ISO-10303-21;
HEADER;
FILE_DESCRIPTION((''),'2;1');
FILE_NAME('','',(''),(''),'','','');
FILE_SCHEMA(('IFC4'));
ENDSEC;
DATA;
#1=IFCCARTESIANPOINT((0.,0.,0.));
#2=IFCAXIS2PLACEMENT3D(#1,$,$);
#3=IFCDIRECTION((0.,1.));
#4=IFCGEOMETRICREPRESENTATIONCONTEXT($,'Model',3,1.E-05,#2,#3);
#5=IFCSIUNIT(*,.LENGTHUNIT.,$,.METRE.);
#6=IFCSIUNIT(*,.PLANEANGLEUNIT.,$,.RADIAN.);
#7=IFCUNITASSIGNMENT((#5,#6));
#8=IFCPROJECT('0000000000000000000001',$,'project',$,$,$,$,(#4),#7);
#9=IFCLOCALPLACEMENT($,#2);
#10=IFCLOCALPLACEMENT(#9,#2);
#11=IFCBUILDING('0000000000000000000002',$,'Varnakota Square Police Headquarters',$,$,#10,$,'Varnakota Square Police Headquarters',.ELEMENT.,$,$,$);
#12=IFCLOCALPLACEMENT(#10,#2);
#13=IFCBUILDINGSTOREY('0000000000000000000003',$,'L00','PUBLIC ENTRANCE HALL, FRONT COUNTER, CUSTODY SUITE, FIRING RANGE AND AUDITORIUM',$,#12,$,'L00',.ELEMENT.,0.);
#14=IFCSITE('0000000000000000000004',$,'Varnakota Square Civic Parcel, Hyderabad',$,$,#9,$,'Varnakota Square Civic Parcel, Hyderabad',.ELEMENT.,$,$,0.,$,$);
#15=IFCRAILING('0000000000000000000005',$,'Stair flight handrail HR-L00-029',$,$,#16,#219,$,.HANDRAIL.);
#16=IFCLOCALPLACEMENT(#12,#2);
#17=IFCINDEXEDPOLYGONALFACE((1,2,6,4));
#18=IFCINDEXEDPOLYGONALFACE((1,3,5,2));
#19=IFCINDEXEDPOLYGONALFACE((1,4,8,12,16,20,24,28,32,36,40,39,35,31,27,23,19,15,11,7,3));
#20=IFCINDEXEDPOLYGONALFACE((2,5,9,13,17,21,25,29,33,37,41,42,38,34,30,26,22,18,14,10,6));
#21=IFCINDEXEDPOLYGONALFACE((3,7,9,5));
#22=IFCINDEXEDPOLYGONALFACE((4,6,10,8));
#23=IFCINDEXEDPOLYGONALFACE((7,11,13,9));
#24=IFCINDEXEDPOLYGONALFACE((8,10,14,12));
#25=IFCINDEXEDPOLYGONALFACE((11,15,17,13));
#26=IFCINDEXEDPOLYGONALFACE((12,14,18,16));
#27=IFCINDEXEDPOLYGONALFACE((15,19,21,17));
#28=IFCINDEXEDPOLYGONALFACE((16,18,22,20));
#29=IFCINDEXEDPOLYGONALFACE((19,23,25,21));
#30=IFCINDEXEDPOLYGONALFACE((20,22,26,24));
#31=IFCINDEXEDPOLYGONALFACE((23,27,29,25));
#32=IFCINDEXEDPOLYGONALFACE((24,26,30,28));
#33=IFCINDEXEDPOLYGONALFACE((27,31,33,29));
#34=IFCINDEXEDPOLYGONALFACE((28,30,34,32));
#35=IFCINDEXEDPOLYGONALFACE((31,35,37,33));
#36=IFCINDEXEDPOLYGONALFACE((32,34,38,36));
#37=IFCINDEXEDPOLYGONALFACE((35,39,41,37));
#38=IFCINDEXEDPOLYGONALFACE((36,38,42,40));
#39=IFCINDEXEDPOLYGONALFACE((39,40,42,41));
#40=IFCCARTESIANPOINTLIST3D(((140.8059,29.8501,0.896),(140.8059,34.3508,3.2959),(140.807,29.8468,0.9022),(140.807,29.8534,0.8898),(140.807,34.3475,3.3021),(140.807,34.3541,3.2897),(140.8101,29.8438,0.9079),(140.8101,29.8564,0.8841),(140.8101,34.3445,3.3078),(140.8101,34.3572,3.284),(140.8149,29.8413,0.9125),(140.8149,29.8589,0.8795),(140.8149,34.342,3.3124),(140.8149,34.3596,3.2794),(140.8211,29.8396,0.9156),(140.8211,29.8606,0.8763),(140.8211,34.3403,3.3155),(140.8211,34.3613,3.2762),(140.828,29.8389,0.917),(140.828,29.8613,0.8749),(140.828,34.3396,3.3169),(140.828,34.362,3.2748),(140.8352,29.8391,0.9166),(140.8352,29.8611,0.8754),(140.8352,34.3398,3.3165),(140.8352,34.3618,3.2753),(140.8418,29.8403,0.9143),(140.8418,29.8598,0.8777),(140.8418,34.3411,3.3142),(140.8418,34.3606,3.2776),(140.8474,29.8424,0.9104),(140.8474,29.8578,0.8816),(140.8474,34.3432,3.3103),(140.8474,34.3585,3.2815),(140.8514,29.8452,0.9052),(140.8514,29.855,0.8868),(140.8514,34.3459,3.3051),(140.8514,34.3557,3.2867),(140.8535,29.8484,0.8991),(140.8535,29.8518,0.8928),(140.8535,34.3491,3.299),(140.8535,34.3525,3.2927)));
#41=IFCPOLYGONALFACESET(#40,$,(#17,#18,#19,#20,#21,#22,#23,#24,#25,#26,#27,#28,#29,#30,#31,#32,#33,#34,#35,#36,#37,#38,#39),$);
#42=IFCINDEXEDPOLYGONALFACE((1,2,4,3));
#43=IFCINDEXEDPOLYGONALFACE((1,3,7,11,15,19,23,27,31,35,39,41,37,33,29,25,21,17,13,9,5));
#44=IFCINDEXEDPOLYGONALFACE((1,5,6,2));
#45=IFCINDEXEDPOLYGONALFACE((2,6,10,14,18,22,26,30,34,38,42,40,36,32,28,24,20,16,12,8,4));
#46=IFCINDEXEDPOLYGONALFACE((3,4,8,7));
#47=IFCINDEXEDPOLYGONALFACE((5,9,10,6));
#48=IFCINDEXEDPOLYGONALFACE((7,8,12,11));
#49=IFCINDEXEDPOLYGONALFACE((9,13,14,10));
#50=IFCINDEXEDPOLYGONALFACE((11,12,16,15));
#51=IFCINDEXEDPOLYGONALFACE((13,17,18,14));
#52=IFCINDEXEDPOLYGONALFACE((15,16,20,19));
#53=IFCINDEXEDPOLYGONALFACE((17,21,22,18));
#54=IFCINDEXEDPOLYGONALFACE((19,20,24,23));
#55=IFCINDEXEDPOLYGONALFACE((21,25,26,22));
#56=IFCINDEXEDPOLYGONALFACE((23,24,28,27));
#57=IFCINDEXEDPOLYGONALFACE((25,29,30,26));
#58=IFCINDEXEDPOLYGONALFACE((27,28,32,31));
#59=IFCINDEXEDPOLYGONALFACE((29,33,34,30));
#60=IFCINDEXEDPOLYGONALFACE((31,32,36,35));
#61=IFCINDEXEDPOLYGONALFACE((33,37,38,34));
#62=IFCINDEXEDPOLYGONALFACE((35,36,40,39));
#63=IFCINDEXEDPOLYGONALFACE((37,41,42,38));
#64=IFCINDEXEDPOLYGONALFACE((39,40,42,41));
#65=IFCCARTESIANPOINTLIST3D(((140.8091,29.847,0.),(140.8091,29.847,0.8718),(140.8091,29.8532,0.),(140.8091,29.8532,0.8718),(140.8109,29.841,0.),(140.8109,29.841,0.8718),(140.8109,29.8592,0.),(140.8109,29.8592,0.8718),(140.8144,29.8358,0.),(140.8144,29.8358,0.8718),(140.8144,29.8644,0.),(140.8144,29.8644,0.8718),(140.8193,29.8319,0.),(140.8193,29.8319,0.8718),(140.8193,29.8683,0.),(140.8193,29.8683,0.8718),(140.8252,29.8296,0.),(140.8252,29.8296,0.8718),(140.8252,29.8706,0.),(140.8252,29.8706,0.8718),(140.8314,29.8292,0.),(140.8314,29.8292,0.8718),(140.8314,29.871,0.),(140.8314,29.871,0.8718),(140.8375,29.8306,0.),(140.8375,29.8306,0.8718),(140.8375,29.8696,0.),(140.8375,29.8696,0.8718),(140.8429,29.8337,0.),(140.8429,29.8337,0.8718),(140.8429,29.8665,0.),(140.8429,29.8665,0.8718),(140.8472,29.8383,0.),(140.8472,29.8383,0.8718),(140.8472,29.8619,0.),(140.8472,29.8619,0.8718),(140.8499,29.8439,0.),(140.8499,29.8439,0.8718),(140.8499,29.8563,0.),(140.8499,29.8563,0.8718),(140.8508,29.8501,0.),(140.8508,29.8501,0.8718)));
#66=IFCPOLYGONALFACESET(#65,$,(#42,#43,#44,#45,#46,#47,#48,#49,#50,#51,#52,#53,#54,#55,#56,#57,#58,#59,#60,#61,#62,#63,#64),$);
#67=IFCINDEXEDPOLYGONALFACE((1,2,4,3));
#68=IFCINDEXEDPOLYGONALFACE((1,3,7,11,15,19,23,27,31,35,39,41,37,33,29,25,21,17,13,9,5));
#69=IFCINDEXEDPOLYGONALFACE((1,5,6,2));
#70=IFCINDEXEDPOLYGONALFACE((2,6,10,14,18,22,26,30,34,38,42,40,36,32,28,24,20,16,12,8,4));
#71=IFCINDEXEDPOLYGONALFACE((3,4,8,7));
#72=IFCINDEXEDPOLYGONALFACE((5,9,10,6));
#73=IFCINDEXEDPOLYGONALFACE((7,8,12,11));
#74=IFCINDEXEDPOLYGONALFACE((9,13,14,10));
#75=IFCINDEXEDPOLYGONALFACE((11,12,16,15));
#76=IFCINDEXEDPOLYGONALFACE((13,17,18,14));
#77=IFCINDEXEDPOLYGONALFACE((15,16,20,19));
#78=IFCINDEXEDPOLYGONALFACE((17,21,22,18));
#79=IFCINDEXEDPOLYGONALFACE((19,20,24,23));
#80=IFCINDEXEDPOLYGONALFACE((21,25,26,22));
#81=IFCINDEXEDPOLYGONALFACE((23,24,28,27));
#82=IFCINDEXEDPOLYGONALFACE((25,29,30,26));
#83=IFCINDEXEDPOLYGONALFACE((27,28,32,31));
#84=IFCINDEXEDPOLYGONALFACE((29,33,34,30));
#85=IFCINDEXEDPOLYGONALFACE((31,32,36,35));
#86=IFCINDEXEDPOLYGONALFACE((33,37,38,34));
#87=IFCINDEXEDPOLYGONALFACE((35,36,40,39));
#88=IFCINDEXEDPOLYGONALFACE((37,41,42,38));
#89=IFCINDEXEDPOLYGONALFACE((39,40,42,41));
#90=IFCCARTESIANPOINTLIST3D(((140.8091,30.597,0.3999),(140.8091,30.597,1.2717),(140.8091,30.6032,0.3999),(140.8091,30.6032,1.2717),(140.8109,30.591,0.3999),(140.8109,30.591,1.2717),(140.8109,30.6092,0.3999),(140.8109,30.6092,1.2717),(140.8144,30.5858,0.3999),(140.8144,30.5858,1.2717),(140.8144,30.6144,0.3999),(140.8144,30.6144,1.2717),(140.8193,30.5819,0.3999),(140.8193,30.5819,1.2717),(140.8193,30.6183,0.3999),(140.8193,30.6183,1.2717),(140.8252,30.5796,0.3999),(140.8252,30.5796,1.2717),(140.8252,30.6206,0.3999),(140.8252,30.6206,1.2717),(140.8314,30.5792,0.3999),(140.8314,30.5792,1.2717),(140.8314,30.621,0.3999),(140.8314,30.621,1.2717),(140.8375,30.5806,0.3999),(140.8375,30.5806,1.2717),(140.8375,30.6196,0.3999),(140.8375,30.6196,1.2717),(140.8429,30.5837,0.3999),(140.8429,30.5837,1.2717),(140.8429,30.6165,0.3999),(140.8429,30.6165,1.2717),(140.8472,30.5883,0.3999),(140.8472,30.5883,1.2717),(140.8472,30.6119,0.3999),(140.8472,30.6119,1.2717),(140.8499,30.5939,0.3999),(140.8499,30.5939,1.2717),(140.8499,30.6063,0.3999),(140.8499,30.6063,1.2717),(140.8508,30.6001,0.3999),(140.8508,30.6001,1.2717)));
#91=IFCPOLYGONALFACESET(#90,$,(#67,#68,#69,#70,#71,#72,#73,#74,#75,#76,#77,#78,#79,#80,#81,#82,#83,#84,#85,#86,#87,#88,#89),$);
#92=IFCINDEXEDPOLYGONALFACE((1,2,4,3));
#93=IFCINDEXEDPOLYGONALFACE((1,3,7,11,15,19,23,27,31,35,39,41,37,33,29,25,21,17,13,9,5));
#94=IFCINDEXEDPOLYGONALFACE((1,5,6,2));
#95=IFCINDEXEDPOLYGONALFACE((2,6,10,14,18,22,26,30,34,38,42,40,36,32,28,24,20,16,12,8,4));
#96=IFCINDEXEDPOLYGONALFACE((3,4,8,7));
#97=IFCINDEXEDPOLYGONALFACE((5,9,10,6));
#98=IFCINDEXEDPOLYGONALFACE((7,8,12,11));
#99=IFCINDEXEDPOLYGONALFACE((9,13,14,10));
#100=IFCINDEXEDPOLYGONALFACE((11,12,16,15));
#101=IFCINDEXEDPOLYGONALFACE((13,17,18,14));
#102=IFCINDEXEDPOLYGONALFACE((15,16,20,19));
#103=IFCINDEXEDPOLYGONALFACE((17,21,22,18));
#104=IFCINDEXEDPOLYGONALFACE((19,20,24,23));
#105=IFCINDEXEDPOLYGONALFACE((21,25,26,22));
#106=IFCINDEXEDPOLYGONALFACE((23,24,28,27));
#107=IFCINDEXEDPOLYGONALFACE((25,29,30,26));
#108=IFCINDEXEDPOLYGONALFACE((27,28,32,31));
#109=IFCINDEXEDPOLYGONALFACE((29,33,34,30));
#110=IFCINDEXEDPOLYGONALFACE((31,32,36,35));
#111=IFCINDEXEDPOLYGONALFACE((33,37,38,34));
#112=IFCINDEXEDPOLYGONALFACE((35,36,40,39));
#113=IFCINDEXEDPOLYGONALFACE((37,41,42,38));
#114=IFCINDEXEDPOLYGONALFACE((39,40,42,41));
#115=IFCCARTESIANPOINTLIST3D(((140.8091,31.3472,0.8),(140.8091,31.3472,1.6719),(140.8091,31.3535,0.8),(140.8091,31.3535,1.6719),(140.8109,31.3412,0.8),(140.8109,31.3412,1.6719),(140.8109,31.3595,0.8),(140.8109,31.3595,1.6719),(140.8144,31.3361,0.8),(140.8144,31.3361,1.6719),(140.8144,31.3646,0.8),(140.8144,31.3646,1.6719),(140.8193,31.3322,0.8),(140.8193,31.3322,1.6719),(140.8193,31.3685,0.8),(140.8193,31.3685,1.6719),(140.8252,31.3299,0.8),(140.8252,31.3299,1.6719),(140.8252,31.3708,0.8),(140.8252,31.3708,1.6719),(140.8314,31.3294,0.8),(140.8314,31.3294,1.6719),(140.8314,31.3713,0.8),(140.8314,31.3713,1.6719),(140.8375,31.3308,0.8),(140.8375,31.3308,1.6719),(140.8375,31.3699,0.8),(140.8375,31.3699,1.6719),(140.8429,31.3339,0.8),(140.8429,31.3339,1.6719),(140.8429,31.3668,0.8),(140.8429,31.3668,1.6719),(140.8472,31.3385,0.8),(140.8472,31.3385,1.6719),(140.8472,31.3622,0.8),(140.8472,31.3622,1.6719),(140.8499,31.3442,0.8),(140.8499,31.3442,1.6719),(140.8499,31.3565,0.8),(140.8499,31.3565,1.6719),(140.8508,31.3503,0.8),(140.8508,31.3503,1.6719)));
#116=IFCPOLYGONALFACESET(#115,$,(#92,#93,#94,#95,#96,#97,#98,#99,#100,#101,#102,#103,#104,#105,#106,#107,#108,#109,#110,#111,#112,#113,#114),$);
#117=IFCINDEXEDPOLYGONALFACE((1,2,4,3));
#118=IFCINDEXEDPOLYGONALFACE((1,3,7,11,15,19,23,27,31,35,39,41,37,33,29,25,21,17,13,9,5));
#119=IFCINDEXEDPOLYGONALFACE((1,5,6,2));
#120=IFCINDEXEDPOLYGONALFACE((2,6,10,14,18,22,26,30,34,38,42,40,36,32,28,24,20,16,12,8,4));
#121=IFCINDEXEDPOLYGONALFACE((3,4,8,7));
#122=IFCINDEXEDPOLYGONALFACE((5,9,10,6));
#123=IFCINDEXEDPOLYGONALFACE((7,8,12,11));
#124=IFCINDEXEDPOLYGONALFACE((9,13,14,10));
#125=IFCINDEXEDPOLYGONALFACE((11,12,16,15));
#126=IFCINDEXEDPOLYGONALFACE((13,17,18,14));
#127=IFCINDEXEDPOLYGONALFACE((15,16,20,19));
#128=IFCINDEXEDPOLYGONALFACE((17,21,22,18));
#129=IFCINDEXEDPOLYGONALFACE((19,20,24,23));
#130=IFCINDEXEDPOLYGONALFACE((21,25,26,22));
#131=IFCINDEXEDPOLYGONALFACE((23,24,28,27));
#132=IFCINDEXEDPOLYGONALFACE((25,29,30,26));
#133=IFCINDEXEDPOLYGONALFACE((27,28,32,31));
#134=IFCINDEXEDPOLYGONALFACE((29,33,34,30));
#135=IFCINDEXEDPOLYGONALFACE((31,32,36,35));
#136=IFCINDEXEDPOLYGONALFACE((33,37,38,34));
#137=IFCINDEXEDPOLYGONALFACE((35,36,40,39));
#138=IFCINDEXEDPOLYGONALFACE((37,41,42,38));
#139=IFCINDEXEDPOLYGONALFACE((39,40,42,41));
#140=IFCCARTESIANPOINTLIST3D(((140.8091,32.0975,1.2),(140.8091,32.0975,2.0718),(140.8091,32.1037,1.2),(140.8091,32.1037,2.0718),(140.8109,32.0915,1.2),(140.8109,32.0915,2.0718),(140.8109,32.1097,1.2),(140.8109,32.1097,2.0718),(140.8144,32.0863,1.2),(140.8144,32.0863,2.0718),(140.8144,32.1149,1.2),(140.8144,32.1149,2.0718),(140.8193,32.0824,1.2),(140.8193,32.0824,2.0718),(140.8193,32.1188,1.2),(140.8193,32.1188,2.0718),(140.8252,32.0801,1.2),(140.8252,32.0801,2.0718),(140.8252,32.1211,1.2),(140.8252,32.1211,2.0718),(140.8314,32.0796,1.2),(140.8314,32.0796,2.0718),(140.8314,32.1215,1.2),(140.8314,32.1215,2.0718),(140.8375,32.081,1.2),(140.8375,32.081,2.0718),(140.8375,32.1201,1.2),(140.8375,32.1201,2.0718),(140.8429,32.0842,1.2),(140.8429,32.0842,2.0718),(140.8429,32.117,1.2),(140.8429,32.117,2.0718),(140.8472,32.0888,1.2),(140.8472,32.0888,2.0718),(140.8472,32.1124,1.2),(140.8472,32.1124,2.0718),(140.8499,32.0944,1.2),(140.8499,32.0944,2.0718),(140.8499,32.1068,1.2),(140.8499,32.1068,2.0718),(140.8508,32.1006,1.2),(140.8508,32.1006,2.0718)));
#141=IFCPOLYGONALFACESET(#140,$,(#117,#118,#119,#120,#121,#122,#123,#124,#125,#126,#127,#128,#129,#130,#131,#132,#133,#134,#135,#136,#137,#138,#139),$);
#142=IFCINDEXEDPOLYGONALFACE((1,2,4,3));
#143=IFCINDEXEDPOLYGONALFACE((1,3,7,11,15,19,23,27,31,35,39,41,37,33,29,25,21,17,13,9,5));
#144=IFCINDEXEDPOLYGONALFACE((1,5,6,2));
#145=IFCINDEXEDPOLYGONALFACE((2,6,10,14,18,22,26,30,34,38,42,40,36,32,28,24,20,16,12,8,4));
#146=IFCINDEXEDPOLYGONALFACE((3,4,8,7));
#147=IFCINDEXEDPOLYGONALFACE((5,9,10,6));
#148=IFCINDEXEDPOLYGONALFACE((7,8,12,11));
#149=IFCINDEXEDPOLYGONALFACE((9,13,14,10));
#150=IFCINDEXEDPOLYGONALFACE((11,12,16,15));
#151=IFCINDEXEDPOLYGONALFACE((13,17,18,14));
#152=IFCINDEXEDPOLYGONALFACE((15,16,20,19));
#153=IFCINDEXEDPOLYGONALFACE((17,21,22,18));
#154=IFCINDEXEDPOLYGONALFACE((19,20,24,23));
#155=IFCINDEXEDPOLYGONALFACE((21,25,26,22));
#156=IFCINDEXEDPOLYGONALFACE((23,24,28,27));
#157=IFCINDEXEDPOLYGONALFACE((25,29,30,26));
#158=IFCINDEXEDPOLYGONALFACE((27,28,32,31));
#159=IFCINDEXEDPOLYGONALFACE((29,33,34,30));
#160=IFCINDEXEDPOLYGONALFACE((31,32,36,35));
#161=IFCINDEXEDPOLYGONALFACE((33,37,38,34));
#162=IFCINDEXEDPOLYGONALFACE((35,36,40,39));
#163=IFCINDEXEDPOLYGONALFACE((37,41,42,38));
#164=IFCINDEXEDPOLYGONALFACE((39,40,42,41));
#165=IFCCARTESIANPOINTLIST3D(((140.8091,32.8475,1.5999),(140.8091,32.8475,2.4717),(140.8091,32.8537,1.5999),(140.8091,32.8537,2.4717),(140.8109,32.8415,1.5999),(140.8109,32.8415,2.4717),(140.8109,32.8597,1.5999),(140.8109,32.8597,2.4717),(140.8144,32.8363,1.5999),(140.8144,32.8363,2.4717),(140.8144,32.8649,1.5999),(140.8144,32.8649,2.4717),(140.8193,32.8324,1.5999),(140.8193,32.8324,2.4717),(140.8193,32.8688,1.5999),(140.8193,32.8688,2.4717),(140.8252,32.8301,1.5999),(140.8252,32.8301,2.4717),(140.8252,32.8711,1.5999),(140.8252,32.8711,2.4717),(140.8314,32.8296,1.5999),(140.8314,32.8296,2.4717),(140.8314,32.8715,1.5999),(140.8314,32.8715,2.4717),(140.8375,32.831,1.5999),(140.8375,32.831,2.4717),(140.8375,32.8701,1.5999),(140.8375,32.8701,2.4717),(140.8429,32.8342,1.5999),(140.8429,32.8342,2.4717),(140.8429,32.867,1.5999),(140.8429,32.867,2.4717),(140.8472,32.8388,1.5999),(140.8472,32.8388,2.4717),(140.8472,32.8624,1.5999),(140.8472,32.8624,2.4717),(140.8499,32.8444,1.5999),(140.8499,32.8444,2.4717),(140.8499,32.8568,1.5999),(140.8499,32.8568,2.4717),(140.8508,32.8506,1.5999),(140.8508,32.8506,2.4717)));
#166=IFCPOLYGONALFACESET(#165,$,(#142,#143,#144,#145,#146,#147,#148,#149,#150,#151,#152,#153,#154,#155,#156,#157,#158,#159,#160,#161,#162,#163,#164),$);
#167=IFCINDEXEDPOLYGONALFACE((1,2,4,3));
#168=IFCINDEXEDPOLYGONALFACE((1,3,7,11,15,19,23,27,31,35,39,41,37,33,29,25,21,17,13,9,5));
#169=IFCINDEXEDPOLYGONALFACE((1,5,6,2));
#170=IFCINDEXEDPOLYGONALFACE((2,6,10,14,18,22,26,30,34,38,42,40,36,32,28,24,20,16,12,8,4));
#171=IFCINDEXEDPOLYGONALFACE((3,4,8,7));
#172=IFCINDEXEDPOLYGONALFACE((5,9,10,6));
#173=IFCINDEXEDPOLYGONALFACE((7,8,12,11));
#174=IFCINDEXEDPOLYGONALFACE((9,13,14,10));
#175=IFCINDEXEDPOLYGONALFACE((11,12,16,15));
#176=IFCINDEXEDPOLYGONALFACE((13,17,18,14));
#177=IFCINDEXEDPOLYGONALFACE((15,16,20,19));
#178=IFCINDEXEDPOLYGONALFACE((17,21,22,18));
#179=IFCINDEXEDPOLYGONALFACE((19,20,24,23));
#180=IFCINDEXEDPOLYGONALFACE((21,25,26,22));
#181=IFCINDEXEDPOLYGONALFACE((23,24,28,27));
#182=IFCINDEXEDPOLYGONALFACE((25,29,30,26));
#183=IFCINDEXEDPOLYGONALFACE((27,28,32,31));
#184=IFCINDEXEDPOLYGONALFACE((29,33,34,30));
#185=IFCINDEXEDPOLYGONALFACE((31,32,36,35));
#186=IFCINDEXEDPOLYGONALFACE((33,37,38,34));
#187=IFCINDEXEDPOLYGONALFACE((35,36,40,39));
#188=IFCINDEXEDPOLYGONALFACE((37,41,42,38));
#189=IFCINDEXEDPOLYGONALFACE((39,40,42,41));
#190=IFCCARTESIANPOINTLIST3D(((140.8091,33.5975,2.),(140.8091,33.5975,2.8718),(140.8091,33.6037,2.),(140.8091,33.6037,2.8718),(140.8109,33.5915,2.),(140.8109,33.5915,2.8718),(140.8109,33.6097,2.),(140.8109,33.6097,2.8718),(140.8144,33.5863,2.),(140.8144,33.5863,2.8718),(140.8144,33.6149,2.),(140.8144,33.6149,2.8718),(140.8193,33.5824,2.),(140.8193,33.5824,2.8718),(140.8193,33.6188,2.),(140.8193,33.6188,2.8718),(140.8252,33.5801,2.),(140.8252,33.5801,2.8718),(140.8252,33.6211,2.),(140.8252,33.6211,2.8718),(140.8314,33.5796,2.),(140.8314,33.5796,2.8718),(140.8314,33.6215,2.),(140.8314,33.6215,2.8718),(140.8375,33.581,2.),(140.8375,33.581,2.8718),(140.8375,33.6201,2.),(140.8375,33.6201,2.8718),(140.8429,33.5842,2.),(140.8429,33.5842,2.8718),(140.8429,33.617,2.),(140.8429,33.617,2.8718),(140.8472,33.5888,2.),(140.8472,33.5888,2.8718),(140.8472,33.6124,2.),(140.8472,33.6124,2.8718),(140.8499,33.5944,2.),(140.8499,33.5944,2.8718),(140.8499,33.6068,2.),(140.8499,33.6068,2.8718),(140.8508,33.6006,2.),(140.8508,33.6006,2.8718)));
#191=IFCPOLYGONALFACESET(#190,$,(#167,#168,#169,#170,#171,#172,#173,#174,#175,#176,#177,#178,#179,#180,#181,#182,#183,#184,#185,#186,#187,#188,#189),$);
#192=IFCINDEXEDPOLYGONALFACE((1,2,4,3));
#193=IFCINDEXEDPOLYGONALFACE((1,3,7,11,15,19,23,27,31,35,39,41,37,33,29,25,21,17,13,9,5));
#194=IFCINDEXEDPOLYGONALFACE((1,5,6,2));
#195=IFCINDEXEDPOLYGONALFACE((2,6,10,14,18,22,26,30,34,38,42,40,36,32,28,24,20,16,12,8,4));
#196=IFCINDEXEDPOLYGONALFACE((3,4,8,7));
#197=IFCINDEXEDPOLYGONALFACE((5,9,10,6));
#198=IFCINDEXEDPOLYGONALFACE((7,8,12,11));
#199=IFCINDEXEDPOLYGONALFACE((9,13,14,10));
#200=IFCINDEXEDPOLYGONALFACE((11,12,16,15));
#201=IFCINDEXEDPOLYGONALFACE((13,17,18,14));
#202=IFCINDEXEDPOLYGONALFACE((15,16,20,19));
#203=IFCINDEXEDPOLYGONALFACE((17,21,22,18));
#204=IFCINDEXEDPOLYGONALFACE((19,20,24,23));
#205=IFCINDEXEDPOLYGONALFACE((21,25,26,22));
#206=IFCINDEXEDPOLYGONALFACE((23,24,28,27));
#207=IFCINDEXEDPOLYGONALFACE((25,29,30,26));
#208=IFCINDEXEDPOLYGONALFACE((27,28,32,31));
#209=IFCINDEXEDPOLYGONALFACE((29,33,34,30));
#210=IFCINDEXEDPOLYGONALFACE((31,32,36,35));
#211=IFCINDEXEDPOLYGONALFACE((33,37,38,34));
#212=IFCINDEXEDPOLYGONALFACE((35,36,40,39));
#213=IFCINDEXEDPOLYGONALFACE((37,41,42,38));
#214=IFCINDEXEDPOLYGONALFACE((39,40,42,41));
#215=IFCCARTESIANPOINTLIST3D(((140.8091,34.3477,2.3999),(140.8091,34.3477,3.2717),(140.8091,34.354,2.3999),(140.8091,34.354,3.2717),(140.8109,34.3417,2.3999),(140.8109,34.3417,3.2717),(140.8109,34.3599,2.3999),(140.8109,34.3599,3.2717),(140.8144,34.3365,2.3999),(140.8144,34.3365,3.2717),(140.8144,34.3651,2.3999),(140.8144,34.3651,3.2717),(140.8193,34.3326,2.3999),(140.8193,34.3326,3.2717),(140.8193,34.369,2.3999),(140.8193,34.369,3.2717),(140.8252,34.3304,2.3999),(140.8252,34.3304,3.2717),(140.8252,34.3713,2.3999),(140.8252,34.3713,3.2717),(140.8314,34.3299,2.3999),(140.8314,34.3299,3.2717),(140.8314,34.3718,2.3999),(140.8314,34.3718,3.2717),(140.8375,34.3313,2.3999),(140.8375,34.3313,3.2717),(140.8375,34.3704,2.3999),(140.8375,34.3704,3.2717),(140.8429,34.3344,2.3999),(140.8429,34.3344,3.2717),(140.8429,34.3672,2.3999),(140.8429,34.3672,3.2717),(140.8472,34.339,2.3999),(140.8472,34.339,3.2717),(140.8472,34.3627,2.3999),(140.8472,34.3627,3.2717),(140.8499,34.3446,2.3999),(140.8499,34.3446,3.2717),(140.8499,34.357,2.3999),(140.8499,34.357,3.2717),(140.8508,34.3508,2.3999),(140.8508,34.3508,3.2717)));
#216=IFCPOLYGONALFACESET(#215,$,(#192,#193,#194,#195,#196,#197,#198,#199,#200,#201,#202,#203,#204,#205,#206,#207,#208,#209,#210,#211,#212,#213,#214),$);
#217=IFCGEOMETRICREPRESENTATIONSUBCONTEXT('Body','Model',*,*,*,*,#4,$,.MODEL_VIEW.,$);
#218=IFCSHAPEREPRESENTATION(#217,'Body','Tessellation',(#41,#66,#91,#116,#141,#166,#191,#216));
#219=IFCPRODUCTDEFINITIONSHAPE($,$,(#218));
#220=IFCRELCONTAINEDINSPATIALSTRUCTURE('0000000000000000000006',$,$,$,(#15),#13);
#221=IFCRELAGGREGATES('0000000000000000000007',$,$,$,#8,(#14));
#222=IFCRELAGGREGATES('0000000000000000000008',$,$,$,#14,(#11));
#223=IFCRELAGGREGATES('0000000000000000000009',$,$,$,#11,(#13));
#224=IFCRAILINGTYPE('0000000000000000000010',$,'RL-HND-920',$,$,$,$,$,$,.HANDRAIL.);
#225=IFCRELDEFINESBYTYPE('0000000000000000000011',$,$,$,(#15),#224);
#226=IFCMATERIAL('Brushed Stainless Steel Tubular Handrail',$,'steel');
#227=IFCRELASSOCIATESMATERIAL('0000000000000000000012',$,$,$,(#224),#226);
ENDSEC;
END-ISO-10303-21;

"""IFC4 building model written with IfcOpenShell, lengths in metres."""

from ifc_helpers import new_model, si_unit, direction, frame, origin, origin_2d, place, context, subcontext, project, spatial, circle, extrude, material, type_object, element, save


model = new_model("IFC4")

# Units and contexts
model_context = context("Model", 3, precision=1e-05, world=origin(), true_north=direction((0.0, 1.0)))
body_context = subcontext(model_context, "Body", "Model", "MODEL_VIEW")
ifc_project = project(units=[si_unit("LENGTHUNIT", "METRE"), si_unit("PLANEANGLEUNIT", "RADIAN")], contexts=[model_context])

# Site, building, storey
site_placement = place(None, origin())
site = spatial("IfcSite", under=ifc_project, at=site_placement, Name="Varnakota Square Civic Parcel, Hyderabad", LongName="Varnakota Square Civic Parcel, Hyderabad", CompositionType="ELEMENT", RefElevation=0.0)
building_placement = place(site_placement, origin())
building = spatial("IfcBuilding", under=site, at=building_placement, Name="Varnakota Square Police Headquarters", LongName="Varnakota Square Police Headquarters", CompositionType="ELEMENT")
storey_placement = place(building_placement, origin())
storey = spatial("IfcBuildingStorey", under=building, at=storey_placement, Name="L00", Description="PUBLIC ENTRANCE HALL, FRONT COUNTER, CUSTODY SUITE, FIRING RANGE AND AUDITORIUM", LongName="L00", CompositionType="ELEMENT", Elevation=0.0)

# Railing
ifc_material_1 = material(Name="Brushed Stainless Steel Tubular Handrail", Category="steel")
railing_type_1 = type_object("IfcRailingType", Name="RL-HND-920", PredefinedType="HANDRAIL", material=ifc_material_1)
railing_1_placement = place(storey_placement, frame((140.8298, 29.8501, 0.0)))
element("IfcRailing", 1, at=railing_1_placement, inside=storey, type_object=railing_type_1, Name="Stair flight handrail HR-L00-029", PredefinedType="HANDRAIL", context=body_context, shape_type="SweptSolid", body=[
    extrude(circle(Radius=0.0239, at=origin_2d()), frame((0.0, 0.0, 0.896), z_axis=(0.0, 0.882393, 0.470514), x_axis=(-1.0, 0.0, 0.0)), (0.0, 0.0, 1.0), 5.1006),
    extrude(circle(Radius=0.021, at=origin_2d()), origin(), (0.0, 0.0, 1.0), 0.8718),
    extrude(circle(Radius=0.021, at=origin_2d()), frame((0.0, 0.75, 0.3999)), (0.0, 0.0, 1.0), 0.8718),
    extrude(circle(Radius=0.021, at=origin_2d()), frame((0.0, 1.5002, 0.8)), (0.0, 0.0, 1.0), 0.8718),
    extrude(circle(Radius=0.021, at=origin_2d()), frame((0.0, 2.2505, 1.2)), (0.0, 0.0, 1.0), 0.8718),
    extrude(circle(Radius=0.021, at=origin_2d()), frame((0.0, 3.0005, 1.5999)), (0.0, 0.0, 1.0), 0.8718),
    extrude(circle(Radius=0.021, at=origin_2d()), frame((0.0, 3.7505, 2.0)), (0.0, 0.0, 1.0), 0.8718),
    extrude(circle(Radius=0.021, at=origin_2d()), frame((0.0, 4.5007, 2.3999)), (0.0, 0.0, 1.0), 0.8718),
])

save(model, "model.ifc")
